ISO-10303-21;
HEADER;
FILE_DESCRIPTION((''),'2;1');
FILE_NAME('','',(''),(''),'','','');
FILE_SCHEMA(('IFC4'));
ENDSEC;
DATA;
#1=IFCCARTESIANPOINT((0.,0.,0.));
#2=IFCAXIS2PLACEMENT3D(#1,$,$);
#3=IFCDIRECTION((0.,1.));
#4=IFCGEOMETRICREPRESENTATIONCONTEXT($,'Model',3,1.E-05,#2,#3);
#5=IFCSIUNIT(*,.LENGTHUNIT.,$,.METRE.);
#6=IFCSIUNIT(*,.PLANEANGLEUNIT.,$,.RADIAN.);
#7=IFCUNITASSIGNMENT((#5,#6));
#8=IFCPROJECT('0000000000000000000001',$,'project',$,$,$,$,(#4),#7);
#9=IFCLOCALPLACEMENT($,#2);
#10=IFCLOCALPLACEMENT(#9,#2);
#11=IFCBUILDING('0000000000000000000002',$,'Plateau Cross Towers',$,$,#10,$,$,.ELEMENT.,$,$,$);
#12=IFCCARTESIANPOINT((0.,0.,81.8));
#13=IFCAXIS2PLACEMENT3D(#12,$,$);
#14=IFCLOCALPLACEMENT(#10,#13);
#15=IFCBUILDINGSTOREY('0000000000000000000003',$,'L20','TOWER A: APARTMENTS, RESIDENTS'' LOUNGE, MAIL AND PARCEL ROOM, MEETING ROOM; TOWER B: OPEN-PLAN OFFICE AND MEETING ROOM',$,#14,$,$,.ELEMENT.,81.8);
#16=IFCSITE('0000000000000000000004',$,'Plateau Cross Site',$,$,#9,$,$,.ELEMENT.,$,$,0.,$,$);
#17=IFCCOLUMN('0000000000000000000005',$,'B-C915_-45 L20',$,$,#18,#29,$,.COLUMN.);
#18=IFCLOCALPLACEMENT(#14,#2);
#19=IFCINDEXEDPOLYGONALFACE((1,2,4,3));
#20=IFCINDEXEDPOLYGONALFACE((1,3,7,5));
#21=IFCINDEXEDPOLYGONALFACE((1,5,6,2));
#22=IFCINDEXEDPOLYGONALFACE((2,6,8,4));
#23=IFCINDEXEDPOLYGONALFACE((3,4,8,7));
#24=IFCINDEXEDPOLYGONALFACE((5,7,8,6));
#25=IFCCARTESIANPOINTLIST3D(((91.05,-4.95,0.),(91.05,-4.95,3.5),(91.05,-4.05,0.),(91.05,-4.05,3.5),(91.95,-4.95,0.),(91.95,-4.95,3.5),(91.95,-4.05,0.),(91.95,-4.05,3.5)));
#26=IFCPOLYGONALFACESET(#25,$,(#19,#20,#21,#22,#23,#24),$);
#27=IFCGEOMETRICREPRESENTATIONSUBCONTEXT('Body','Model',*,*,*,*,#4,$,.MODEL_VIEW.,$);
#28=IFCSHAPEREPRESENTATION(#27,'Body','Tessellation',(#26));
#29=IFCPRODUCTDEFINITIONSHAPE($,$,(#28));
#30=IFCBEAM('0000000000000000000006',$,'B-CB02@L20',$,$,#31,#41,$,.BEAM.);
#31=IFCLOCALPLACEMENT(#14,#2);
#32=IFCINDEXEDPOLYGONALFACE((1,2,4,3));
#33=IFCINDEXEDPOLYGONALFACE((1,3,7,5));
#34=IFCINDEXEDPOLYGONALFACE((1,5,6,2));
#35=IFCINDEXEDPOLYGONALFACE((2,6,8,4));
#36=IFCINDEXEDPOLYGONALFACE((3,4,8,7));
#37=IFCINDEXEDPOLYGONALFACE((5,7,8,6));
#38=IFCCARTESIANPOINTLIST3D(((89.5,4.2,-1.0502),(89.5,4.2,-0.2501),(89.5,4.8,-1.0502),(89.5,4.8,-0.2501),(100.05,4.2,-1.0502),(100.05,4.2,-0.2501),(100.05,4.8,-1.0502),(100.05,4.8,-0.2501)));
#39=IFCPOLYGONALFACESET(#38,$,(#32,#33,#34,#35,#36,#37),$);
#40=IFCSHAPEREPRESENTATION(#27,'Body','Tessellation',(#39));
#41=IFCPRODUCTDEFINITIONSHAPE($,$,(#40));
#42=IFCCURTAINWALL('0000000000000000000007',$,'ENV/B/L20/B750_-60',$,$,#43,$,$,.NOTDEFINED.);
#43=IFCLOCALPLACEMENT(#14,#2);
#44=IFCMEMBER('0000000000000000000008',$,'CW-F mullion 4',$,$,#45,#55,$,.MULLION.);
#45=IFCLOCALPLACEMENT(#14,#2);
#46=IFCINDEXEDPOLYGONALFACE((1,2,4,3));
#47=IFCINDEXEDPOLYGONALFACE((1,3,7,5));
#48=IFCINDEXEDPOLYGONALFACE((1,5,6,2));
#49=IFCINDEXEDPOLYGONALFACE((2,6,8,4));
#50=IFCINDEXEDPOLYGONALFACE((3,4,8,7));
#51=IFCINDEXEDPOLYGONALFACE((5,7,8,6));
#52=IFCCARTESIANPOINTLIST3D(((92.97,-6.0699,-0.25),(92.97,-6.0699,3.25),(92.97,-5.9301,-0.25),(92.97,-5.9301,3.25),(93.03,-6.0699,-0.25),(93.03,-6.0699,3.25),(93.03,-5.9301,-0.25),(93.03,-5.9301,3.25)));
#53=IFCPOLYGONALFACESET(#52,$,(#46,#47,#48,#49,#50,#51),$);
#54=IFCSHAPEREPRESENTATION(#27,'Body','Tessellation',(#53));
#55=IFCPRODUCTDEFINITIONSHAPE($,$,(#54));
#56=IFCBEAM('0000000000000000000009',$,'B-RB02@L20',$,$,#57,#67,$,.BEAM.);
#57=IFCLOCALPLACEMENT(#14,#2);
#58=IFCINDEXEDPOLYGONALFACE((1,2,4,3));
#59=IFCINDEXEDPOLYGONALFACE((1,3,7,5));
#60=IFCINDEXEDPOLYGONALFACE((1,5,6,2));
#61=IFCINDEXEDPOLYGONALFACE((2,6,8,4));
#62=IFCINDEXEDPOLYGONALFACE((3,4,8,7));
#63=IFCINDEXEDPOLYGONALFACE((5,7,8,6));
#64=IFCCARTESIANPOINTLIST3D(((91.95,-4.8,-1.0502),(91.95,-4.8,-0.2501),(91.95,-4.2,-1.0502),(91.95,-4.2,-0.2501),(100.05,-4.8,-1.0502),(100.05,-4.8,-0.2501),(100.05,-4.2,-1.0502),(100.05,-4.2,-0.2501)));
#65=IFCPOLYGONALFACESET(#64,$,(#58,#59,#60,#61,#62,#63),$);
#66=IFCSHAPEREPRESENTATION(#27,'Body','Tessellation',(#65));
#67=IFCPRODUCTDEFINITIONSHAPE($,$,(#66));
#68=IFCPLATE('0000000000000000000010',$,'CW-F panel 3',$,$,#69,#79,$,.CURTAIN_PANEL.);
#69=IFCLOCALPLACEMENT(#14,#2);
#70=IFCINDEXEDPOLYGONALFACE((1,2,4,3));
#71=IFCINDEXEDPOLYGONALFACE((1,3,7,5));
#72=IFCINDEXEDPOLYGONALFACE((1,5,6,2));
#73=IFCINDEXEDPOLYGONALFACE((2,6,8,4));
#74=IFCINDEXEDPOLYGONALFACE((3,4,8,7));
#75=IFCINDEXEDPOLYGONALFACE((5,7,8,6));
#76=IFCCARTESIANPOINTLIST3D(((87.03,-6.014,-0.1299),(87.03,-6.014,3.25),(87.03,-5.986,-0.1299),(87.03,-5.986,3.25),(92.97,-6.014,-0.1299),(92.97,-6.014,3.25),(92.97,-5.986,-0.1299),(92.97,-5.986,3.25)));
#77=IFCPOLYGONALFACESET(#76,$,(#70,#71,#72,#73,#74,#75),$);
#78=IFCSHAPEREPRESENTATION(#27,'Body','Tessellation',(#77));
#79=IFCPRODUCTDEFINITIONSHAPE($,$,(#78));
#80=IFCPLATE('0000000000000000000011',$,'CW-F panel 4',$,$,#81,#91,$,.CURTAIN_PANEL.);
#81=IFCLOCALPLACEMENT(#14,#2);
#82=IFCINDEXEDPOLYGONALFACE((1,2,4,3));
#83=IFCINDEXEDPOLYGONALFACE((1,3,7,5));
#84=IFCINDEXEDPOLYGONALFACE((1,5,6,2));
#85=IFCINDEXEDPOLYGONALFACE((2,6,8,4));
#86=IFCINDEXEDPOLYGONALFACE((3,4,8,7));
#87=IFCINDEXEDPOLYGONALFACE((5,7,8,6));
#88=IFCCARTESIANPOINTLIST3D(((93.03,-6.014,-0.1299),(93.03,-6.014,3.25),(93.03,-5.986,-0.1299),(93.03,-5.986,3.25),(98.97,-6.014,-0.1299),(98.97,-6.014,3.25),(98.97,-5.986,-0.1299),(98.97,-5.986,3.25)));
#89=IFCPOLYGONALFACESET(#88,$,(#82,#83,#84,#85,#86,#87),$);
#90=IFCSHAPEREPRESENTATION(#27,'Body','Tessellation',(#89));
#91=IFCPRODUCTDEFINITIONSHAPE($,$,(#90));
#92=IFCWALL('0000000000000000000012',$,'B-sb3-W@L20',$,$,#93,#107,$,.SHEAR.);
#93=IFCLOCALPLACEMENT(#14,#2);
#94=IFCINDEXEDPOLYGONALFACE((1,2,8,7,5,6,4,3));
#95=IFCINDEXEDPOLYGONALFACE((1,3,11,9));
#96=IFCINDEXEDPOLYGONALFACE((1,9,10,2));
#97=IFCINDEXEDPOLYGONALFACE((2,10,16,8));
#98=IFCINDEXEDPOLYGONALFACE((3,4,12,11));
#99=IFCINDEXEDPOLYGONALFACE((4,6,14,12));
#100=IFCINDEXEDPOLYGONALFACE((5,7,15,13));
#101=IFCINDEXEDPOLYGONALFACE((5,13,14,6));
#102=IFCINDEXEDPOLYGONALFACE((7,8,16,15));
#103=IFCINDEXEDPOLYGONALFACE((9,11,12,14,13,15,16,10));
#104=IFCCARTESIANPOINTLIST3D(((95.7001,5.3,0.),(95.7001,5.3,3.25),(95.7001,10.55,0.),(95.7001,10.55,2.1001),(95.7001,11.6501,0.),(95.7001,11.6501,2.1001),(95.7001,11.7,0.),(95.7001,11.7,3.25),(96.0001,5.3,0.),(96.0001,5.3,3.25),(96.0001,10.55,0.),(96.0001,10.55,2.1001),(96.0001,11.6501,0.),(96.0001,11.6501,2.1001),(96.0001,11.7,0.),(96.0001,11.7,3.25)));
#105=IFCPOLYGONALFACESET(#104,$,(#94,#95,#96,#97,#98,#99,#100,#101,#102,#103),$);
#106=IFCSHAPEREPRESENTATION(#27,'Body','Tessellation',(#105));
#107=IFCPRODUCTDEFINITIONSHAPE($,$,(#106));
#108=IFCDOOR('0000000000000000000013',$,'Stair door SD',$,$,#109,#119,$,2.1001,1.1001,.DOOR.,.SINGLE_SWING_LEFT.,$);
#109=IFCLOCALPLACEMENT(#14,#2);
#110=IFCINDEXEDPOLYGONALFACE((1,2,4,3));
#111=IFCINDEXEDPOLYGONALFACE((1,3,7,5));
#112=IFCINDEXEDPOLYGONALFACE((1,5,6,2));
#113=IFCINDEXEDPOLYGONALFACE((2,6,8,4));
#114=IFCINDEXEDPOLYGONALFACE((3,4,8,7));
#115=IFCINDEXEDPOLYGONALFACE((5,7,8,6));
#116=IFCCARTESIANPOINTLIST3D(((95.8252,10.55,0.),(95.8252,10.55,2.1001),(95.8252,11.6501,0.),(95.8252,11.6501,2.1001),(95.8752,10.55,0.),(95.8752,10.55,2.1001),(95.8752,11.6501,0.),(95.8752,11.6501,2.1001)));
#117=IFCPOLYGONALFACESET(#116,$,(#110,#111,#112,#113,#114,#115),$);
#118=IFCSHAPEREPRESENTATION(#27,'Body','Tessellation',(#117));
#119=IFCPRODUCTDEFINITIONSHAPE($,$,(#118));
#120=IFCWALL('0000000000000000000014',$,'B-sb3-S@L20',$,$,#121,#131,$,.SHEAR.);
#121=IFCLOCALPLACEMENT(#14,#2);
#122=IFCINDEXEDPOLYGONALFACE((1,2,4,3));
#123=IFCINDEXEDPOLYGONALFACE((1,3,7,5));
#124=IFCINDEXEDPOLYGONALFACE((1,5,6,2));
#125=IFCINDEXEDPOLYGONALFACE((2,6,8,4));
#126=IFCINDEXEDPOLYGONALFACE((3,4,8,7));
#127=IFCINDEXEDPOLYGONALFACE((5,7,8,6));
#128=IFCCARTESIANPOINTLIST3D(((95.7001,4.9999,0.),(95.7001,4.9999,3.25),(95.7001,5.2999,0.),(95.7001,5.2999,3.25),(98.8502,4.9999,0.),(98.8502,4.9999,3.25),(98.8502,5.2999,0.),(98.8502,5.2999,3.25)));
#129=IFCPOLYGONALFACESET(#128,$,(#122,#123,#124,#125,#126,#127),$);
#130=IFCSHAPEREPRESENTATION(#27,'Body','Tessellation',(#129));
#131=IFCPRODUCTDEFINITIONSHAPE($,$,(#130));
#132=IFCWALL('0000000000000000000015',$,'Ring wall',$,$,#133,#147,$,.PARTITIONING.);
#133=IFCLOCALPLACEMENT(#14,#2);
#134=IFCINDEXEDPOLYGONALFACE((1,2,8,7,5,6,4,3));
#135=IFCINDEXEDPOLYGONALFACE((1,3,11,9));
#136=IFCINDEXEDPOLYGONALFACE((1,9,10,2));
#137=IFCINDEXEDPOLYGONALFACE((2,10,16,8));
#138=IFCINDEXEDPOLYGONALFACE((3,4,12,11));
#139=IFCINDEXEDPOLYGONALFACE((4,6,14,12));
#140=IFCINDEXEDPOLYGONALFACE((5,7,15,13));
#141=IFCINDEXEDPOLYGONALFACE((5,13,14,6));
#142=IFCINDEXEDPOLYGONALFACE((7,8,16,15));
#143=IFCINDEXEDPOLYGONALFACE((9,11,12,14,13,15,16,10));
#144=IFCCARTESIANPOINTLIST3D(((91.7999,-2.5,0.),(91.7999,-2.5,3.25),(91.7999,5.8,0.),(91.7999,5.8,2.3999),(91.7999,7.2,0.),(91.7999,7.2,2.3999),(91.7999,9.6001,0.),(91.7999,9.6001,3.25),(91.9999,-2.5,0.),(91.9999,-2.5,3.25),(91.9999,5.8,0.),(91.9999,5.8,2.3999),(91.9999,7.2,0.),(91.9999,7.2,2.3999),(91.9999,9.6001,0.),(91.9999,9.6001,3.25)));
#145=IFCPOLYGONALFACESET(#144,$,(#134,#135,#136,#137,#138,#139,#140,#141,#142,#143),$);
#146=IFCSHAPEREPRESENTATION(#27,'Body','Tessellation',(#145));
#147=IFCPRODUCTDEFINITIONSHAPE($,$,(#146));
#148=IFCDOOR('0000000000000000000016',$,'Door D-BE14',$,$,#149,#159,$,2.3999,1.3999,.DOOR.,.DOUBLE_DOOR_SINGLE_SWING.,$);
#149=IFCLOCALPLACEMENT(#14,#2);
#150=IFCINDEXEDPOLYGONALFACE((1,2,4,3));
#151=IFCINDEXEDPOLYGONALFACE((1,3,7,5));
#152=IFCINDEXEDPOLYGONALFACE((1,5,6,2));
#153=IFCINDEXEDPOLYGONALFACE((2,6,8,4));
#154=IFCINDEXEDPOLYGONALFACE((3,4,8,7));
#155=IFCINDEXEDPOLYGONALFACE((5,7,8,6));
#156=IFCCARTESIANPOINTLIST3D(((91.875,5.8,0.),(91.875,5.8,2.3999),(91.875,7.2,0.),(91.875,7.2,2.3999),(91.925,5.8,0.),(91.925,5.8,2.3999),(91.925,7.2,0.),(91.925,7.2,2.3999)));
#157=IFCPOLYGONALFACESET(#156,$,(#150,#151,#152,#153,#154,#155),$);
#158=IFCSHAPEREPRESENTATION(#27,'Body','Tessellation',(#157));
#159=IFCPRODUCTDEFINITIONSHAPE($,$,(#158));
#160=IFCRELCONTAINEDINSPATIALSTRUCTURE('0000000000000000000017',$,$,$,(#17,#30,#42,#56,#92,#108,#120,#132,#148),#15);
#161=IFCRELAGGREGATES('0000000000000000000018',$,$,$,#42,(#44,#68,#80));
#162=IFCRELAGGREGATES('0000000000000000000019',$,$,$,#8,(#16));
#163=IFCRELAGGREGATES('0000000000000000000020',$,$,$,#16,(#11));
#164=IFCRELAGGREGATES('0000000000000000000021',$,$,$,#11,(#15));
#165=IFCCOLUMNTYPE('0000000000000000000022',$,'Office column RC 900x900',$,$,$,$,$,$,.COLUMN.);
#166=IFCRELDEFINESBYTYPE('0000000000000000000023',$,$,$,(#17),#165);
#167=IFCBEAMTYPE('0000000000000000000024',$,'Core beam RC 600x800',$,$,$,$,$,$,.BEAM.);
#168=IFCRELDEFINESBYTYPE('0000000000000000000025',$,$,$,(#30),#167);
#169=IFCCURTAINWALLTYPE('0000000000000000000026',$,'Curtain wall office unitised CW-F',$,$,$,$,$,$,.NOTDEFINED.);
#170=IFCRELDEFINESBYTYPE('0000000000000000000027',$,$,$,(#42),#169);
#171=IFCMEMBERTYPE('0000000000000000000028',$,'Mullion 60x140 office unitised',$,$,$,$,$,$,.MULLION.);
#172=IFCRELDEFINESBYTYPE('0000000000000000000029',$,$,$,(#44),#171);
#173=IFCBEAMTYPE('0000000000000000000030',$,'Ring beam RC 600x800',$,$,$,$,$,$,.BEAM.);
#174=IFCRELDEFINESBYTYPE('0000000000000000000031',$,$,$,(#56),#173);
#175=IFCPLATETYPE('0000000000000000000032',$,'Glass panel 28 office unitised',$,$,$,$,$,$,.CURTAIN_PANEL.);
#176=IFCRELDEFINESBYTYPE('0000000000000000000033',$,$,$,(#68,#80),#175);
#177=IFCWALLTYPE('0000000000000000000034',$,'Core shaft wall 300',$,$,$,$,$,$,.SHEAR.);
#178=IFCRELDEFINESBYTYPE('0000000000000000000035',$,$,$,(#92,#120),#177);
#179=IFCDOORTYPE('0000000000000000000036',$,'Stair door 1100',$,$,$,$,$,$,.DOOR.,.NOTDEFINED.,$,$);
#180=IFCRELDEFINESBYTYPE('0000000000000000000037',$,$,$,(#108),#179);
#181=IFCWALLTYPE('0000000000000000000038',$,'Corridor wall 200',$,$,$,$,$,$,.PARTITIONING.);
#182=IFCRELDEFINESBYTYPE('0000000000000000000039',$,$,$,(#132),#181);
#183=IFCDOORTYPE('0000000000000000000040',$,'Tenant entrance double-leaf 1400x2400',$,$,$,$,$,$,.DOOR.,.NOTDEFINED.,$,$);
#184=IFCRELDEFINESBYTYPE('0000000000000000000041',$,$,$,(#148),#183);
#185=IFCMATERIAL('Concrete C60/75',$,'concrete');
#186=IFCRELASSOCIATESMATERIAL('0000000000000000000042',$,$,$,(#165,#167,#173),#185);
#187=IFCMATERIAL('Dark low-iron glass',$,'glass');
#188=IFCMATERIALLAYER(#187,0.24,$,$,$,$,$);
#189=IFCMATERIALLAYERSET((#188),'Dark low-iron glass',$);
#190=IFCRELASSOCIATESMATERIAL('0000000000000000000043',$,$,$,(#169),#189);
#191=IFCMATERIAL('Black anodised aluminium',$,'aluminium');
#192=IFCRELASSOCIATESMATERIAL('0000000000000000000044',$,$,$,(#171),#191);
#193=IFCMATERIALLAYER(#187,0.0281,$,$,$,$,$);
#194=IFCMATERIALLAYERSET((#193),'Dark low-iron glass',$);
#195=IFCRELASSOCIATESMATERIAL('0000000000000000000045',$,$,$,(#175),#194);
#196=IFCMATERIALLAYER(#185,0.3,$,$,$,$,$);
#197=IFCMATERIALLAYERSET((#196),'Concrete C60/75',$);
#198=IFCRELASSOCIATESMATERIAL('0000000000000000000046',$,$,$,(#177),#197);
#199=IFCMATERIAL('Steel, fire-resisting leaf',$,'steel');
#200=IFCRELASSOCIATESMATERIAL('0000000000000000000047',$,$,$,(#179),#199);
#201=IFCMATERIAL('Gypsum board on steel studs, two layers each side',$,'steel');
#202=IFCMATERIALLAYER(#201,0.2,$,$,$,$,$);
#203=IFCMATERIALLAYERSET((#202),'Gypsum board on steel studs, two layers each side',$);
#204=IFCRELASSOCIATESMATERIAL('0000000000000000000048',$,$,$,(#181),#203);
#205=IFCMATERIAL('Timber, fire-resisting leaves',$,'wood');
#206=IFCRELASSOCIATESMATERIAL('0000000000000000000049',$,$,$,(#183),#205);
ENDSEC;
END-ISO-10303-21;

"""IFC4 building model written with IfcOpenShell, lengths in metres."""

from ifc_helpers import new_model, si_unit, direction, frame, frame_2d, origin, origin_2d, place, context, subcontext, project, spatial, rectangle, extrude, material, layer, layer_set, material_profile, profile_set, type_object, element, fill, aggregate, save


model = new_model("IFC4")

# Units and contexts
model_context = context("Model", 3, precision=1e-05, world=origin(), true_north=direction((0.0, 1.0)))
body_context = subcontext(model_context, "Body", "Model", "MODEL_VIEW")
ifc_project = project(units=[si_unit("LENGTHUNIT", "METRE"), si_unit("PLANEANGLEUNIT", "RADIAN")], contexts=[model_context])

# Site, building, storey
site_placement = place(None, origin())
site = spatial("IfcSite", under=ifc_project, at=site_placement, Name="Plateau Cross Site", CompositionType="ELEMENT", RefElevation=0.0)
building_placement = place(site_placement, origin())
building = spatial("IfcBuilding", under=site, at=building_placement, Name="Plateau Cross Towers", CompositionType="ELEMENT")
storey_placement = place(building_placement, frame((0.0, 0.0, 81.8)))
storey = spatial("IfcBuildingStorey", under=building, at=storey_placement, Name="L20", Description="TOWER A: APARTMENTS, RESIDENTS' LOUNGE, MAIL AND PARCEL ROOM, MEETING ROOM; TOWER B: OPEN-PLAN OFFICE AND MEETING ROOM", CompositionType="ELEMENT", Elevation=81.8)

# Column
ifc_material_1 = material(Name="Concrete C60/75", Category="concrete")
ifc_material_profile_1 = material_profile(ifc_material_1, rectangle(XDim=0.8999, YDim=0.8999, at=origin_2d()), Name="RC 900x900")
ifc_profile_set_1 = profile_set([ifc_material_profile_1], Name="Concrete C60/75")
column_type = type_object("IfcColumnType", Name="Office column RC 900x900", PredefinedType="COLUMN", material=ifc_profile_set_1)
column_placement = place(storey_placement, frame((91.5, -4.5, 0.0), z_axis=(0.0, 0.0, 1.0), x_axis=(1.0, 0.0, 0.0)))
element("IfcColumn", 1, at=column_placement, inside=storey, type_object=column_type, Name="B-C915_-45 L20", PredefinedType="COLUMN", context=body_context, shape_type="SweptSolid", body=[
    extrude(rectangle(XDim=0.8999, YDim=0.8999, at=origin_2d()), origin(), (0.0, 0.0, 1.0), 3.5),
])

# Beam
ifc_material_profile_2 = material_profile(ifc_material_1, rectangle(XDim=0.6001, YDim=0.8, at=origin_2d()), Name="RC 600x800")
ifc_profile_set_2 = profile_set([ifc_material_profile_2], Name="Concrete C60/75")
beam_type_1 = type_object("IfcBeamType", Name="Core beam RC 600x800", PredefinedType="BEAM", material=ifc_profile_set_2)
beam_1_placement = place(storey_placement, frame((89.5, 4.5, -0.6501), z_axis=(1.0, 0.0, 0.0), x_axis=(0.0, 1.0, 0.0)))
element("IfcBeam", 2, at=beam_1_placement, inside=storey, type_object=beam_type_1, Name="B-CB02@L20", PredefinedType="BEAM", context=body_context, shape_type="SweptSolid", body=[
    extrude(rectangle(XDim=0.6001, YDim=0.8, at=origin_2d()), origin(), (0.0, 0.0, 1.0), 10.55),
])

# Curtain wall, member
ifc_material_2 = material(Name="Dark low-iron glass", Category="glass")
ifc_layer_1 = layer(ifc_material_2, 0.24)
ifc_layer_set_1 = layer_set([ifc_layer_1], Name="Dark low-iron glass")
curtain_wall_type = type_object("IfcCurtainWallType", Name="Curtain wall office unitised CW-F", PredefinedType="NOTDEFINED", material=ifc_layer_set_1)
curtain_wall_placement = place(storey_placement, origin())
curtain_wall = element("IfcCurtainWall", 3, at=curtain_wall_placement, inside=storey, type_object=curtain_wall_type, Name="ENV/B/L20/B750_-60", PredefinedType="NOTDEFINED")
ifc_material_3 = material(Name="Black anodised aluminium", Category="aluminium")
ifc_material_profile_3 = material_profile(ifc_material_3, rectangle(XDim=0.0601, YDim=0.1399, at=origin_2d()), Name="MULLION 60x140")
ifc_profile_set_3 = profile_set([ifc_material_profile_3], Name="Black anodised aluminium")
member_type = type_object("IfcMemberType", Name="Mullion 60x140 office unitised", PredefinedType="MULLION", material=ifc_profile_set_3)
member_placement = place(storey_placement, frame((93.0, -6.0, -0.25), z_axis=(0.0, 0.0, 1.0), x_axis=(1.0, 0.0, 0.0)))
member = element("IfcMember", 4, at=member_placement, type_object=member_type, Name="CW-F mullion 4", PredefinedType="MULLION", context=body_context, shape_type="SweptSolid", body=[
    extrude(rectangle(XDim=0.0601, YDim=0.1399, at=origin_2d()), origin(), (0.0, 0.0, 1.0), 3.5),
])

# Beam
ifc_material_profile_4 = material_profile(ifc_material_1, rectangle(XDim=0.6001, YDim=0.8, at=origin_2d()), Name="RC 600x800")
ifc_profile_set_4 = profile_set([ifc_material_profile_4], Name="Concrete C60/75")
beam_type_2 = type_object("IfcBeamType", Name="Ring beam RC 600x800", PredefinedType="BEAM", material=ifc_profile_set_4)
beam_2_placement = place(storey_placement, frame((91.95, -4.5, -0.6501), z_axis=(1.0, 0.0, 0.0), x_axis=(0.0, 1.0, 0.0)))
element("IfcBeam", 5, at=beam_2_placement, inside=storey, type_object=beam_type_2, Name="B-RB02@L20", PredefinedType="BEAM", context=body_context, shape_type="SweptSolid", body=[
    extrude(rectangle(XDim=0.6001, YDim=0.8, at=origin_2d()), origin(), (0.0, 0.0, 1.0), 8.1001),
])

# Plates
ifc_layer_2 = layer(ifc_material_2, 0.0281)
ifc_layer_set_2 = layer_set([ifc_layer_2], Name="Dark low-iron glass")
plate_type = type_object("IfcPlateType", Name="Glass panel 28 office unitised", PredefinedType="CURTAIN_PANEL", material=ifc_layer_set_2)
plate_1_placement = place(storey_placement, frame((90.0, -6.0, -0.1299), z_axis=(0.0, 0.0, 1.0), x_axis=(1.0, 0.0, 0.0)))
plate_1 = element("IfcPlate", 6, at=plate_1_placement, type_object=plate_type, Name="CW-F panel 3", PredefinedType="CURTAIN_PANEL", context=body_context, shape_type="SweptSolid", body=[
    extrude(rectangle(XDim=5.9399, YDim=0.0281, at=origin_2d()), origin(), (0.0, 0.0, 1.0), 3.3799),
])
plate_2_placement = place(storey_placement, frame((96.0, -6.0, -0.1299), z_axis=(0.0, 0.0, 1.0), x_axis=(1.0, 0.0, 0.0)))
plate_2 = element("IfcPlate", 7, at=plate_2_placement, type_object=plate_type, Name="CW-F panel 4", PredefinedType="CURTAIN_PANEL", context=body_context, shape_type="SweptSolid", body=[
    extrude(rectangle(XDim=5.9399, YDim=0.0281, at=origin_2d()), origin(), (0.0, 0.0, 1.0), 3.3799),
])
aggregate(curtain_wall, [member, plate_1, plate_2])

# Wall, opening, door
ifc_layer_3 = layer(ifc_material_1, 0.3)
ifc_layer_set_3 = layer_set([ifc_layer_3], Name="Concrete C60/75")
wall_type_1 = type_object("IfcWallType", Name="Core shaft wall 300", PredefinedType="SHEAR", material=ifc_layer_set_3)
wall_1_placement = place(storey_placement, frame((95.8501, 5.3, 0.0), z_axis=(0.0, 0.0, 1.0), x_axis=(0.0, 1.0, 0.0)))
wall_1 = element("IfcWall", 8, at=wall_1_placement, inside=storey, type_object=wall_type_1, Name="B-sb3-W@L20", PredefinedType="SHEAR", context=body_context, shape_type="SweptSolid", body=[
    extrude(rectangle(XDim=6.3999, YDim=0.3, at=frame_2d((3.2, 0.0))), origin(), (0.0, 0.0, 1.0), 3.25),
])
opening_1_placement = place(wall_1_placement, frame((5.25, 0.0, 0.0)))
opening_1 = element("IfcOpeningElement", 9, at=opening_1_placement, cuts=wall_1, PredefinedType="OPENING", context=body_context, shape_type="SweptSolid", body=[
    extrude(rectangle(XDim=1.1001, YDim=2.1001, at=frame_2d((0.55, 1.05))), frame((0.0, 0.1599, 0.0), z_axis=(0.0, -1.0, 0.0), x_axis=(1.0, 0.0, 0.0)), (0.0, 0.0, 1.0), 0.3201),
])
ifc_material_4 = material(Name="Steel, fire-resisting leaf", Category="steel")
door_type_1 = type_object("IfcDoorType", Name="Stair door 1100", OperationType="NOTDEFINED", PredefinedType="DOOR", material=ifc_material_4)
door_1_placement = place(opening_1_placement, origin())
door_1 = element("IfcDoor", 10, at=door_1_placement, inside=storey, type_object=door_type_1, Name="Stair door SD", OperationType="SINGLE_SWING_LEFT", OverallHeight=2.1001, OverallWidth=1.1001, PredefinedType="DOOR", context=body_context, shape_type="SweptSolid", body=[
    extrude(rectangle(XDim=1.1001, YDim=2.1001, at=frame_2d((0.55, 1.05))), frame((0.0, 0.0249, 0.0), z_axis=(0.0, -1.0, 0.0), x_axis=(1.0, 0.0, 0.0)), (0.0, 0.0, 1.0), 0.05),
])
fill(opening_1, door_1)

# Wall
wall_2_placement = place(storey_placement, frame((95.7, 5.1499, 0.0), z_axis=(0.0, 0.0, 1.0), x_axis=(1.0, 0.0, 0.0)))
element("IfcWall", 11, at=wall_2_placement, inside=storey, type_object=wall_type_1, Name="B-sb3-S@L20", PredefinedType="SHEAR", context=body_context, shape_type="SweptSolid", body=[
    extrude(rectangle(XDim=3.1501, YDim=0.3, at=frame_2d((1.5752, 0.0))), origin(), (0.0, 0.0, 1.0), 3.25),
])

# Wall, opening, door
ifc_material_5 = material(Name="Gypsum board on steel studs, two layers each side", Category="steel")
ifc_layer_4 = layer(ifc_material_5, 0.2)
ifc_layer_set_4 = layer_set([ifc_layer_4], Name="Gypsum board on steel studs, two layers each side")
wall_type_2 = type_object("IfcWallType", Name="Corridor wall 200", PredefinedType="PARTITIONING", material=ifc_layer_set_4)
wall_3_placement = place(storey_placement, frame((91.8999, -2.5, 0.0), z_axis=(0.0, 0.0, 1.0), x_axis=(0.0, 1.0, 0.0)))
wall_3 = element("IfcWall", 12, at=wall_3_placement, inside=storey, type_object=wall_type_2, Name="Ring wall", PredefinedType="PARTITIONING", context=body_context, shape_type="SweptSolid", body=[
    extrude(rectangle(XDim=12.1001, YDim=0.2, at=frame_2d((6.05, 0.0))), origin(), (0.0, 0.0, 1.0), 3.25),
])
opening_2_placement = place(wall_3_placement, frame((8.3, 0.0, 0.0)))
opening_2 = element("IfcOpeningElement", 13, at=opening_2_placement, cuts=wall_3, PredefinedType="OPENING", context=body_context, shape_type="SweptSolid", body=[
    extrude(rectangle(XDim=1.3999, YDim=2.3999, at=frame_2d((0.7, 1.2))), frame((0.0, 0.1099, 0.0), z_axis=(0.0, -1.0, 0.0), x_axis=(1.0, 0.0, 0.0)), (0.0, 0.0, 1.0), 0.22),
])
ifc_material_6 = material(Name="Timber, fire-resisting leaves", Category="wood")
door_type_2 = type_object("IfcDoorType", Name="Tenant entrance double-leaf 1400x2400", OperationType="NOTDEFINED", PredefinedType="DOOR", material=ifc_material_6)
door_2_placement = place(opening_2_placement, origin())
door_2 = element("IfcDoor", 14, at=door_2_placement, inside=storey, type_object=door_type_2, Name="Door D-BE14", OperationType="DOUBLE_DOOR_SINGLE_SWING", OverallHeight=2.3999, OverallWidth=1.3999, PredefinedType="DOOR", context=body_context, shape_type="SweptSolid", body=[
    extrude(rectangle(XDim=1.3999, YDim=2.3999, at=frame_2d((0.7, 1.2))), frame((0.0, 0.0249, 0.0), z_axis=(0.0, -1.0, 0.0), x_axis=(1.0, 0.0, 0.0)), (0.0, 0.0, 1.0), 0.05),
])
fill(opening_2, door_2)

save(model, "model.ifc")
